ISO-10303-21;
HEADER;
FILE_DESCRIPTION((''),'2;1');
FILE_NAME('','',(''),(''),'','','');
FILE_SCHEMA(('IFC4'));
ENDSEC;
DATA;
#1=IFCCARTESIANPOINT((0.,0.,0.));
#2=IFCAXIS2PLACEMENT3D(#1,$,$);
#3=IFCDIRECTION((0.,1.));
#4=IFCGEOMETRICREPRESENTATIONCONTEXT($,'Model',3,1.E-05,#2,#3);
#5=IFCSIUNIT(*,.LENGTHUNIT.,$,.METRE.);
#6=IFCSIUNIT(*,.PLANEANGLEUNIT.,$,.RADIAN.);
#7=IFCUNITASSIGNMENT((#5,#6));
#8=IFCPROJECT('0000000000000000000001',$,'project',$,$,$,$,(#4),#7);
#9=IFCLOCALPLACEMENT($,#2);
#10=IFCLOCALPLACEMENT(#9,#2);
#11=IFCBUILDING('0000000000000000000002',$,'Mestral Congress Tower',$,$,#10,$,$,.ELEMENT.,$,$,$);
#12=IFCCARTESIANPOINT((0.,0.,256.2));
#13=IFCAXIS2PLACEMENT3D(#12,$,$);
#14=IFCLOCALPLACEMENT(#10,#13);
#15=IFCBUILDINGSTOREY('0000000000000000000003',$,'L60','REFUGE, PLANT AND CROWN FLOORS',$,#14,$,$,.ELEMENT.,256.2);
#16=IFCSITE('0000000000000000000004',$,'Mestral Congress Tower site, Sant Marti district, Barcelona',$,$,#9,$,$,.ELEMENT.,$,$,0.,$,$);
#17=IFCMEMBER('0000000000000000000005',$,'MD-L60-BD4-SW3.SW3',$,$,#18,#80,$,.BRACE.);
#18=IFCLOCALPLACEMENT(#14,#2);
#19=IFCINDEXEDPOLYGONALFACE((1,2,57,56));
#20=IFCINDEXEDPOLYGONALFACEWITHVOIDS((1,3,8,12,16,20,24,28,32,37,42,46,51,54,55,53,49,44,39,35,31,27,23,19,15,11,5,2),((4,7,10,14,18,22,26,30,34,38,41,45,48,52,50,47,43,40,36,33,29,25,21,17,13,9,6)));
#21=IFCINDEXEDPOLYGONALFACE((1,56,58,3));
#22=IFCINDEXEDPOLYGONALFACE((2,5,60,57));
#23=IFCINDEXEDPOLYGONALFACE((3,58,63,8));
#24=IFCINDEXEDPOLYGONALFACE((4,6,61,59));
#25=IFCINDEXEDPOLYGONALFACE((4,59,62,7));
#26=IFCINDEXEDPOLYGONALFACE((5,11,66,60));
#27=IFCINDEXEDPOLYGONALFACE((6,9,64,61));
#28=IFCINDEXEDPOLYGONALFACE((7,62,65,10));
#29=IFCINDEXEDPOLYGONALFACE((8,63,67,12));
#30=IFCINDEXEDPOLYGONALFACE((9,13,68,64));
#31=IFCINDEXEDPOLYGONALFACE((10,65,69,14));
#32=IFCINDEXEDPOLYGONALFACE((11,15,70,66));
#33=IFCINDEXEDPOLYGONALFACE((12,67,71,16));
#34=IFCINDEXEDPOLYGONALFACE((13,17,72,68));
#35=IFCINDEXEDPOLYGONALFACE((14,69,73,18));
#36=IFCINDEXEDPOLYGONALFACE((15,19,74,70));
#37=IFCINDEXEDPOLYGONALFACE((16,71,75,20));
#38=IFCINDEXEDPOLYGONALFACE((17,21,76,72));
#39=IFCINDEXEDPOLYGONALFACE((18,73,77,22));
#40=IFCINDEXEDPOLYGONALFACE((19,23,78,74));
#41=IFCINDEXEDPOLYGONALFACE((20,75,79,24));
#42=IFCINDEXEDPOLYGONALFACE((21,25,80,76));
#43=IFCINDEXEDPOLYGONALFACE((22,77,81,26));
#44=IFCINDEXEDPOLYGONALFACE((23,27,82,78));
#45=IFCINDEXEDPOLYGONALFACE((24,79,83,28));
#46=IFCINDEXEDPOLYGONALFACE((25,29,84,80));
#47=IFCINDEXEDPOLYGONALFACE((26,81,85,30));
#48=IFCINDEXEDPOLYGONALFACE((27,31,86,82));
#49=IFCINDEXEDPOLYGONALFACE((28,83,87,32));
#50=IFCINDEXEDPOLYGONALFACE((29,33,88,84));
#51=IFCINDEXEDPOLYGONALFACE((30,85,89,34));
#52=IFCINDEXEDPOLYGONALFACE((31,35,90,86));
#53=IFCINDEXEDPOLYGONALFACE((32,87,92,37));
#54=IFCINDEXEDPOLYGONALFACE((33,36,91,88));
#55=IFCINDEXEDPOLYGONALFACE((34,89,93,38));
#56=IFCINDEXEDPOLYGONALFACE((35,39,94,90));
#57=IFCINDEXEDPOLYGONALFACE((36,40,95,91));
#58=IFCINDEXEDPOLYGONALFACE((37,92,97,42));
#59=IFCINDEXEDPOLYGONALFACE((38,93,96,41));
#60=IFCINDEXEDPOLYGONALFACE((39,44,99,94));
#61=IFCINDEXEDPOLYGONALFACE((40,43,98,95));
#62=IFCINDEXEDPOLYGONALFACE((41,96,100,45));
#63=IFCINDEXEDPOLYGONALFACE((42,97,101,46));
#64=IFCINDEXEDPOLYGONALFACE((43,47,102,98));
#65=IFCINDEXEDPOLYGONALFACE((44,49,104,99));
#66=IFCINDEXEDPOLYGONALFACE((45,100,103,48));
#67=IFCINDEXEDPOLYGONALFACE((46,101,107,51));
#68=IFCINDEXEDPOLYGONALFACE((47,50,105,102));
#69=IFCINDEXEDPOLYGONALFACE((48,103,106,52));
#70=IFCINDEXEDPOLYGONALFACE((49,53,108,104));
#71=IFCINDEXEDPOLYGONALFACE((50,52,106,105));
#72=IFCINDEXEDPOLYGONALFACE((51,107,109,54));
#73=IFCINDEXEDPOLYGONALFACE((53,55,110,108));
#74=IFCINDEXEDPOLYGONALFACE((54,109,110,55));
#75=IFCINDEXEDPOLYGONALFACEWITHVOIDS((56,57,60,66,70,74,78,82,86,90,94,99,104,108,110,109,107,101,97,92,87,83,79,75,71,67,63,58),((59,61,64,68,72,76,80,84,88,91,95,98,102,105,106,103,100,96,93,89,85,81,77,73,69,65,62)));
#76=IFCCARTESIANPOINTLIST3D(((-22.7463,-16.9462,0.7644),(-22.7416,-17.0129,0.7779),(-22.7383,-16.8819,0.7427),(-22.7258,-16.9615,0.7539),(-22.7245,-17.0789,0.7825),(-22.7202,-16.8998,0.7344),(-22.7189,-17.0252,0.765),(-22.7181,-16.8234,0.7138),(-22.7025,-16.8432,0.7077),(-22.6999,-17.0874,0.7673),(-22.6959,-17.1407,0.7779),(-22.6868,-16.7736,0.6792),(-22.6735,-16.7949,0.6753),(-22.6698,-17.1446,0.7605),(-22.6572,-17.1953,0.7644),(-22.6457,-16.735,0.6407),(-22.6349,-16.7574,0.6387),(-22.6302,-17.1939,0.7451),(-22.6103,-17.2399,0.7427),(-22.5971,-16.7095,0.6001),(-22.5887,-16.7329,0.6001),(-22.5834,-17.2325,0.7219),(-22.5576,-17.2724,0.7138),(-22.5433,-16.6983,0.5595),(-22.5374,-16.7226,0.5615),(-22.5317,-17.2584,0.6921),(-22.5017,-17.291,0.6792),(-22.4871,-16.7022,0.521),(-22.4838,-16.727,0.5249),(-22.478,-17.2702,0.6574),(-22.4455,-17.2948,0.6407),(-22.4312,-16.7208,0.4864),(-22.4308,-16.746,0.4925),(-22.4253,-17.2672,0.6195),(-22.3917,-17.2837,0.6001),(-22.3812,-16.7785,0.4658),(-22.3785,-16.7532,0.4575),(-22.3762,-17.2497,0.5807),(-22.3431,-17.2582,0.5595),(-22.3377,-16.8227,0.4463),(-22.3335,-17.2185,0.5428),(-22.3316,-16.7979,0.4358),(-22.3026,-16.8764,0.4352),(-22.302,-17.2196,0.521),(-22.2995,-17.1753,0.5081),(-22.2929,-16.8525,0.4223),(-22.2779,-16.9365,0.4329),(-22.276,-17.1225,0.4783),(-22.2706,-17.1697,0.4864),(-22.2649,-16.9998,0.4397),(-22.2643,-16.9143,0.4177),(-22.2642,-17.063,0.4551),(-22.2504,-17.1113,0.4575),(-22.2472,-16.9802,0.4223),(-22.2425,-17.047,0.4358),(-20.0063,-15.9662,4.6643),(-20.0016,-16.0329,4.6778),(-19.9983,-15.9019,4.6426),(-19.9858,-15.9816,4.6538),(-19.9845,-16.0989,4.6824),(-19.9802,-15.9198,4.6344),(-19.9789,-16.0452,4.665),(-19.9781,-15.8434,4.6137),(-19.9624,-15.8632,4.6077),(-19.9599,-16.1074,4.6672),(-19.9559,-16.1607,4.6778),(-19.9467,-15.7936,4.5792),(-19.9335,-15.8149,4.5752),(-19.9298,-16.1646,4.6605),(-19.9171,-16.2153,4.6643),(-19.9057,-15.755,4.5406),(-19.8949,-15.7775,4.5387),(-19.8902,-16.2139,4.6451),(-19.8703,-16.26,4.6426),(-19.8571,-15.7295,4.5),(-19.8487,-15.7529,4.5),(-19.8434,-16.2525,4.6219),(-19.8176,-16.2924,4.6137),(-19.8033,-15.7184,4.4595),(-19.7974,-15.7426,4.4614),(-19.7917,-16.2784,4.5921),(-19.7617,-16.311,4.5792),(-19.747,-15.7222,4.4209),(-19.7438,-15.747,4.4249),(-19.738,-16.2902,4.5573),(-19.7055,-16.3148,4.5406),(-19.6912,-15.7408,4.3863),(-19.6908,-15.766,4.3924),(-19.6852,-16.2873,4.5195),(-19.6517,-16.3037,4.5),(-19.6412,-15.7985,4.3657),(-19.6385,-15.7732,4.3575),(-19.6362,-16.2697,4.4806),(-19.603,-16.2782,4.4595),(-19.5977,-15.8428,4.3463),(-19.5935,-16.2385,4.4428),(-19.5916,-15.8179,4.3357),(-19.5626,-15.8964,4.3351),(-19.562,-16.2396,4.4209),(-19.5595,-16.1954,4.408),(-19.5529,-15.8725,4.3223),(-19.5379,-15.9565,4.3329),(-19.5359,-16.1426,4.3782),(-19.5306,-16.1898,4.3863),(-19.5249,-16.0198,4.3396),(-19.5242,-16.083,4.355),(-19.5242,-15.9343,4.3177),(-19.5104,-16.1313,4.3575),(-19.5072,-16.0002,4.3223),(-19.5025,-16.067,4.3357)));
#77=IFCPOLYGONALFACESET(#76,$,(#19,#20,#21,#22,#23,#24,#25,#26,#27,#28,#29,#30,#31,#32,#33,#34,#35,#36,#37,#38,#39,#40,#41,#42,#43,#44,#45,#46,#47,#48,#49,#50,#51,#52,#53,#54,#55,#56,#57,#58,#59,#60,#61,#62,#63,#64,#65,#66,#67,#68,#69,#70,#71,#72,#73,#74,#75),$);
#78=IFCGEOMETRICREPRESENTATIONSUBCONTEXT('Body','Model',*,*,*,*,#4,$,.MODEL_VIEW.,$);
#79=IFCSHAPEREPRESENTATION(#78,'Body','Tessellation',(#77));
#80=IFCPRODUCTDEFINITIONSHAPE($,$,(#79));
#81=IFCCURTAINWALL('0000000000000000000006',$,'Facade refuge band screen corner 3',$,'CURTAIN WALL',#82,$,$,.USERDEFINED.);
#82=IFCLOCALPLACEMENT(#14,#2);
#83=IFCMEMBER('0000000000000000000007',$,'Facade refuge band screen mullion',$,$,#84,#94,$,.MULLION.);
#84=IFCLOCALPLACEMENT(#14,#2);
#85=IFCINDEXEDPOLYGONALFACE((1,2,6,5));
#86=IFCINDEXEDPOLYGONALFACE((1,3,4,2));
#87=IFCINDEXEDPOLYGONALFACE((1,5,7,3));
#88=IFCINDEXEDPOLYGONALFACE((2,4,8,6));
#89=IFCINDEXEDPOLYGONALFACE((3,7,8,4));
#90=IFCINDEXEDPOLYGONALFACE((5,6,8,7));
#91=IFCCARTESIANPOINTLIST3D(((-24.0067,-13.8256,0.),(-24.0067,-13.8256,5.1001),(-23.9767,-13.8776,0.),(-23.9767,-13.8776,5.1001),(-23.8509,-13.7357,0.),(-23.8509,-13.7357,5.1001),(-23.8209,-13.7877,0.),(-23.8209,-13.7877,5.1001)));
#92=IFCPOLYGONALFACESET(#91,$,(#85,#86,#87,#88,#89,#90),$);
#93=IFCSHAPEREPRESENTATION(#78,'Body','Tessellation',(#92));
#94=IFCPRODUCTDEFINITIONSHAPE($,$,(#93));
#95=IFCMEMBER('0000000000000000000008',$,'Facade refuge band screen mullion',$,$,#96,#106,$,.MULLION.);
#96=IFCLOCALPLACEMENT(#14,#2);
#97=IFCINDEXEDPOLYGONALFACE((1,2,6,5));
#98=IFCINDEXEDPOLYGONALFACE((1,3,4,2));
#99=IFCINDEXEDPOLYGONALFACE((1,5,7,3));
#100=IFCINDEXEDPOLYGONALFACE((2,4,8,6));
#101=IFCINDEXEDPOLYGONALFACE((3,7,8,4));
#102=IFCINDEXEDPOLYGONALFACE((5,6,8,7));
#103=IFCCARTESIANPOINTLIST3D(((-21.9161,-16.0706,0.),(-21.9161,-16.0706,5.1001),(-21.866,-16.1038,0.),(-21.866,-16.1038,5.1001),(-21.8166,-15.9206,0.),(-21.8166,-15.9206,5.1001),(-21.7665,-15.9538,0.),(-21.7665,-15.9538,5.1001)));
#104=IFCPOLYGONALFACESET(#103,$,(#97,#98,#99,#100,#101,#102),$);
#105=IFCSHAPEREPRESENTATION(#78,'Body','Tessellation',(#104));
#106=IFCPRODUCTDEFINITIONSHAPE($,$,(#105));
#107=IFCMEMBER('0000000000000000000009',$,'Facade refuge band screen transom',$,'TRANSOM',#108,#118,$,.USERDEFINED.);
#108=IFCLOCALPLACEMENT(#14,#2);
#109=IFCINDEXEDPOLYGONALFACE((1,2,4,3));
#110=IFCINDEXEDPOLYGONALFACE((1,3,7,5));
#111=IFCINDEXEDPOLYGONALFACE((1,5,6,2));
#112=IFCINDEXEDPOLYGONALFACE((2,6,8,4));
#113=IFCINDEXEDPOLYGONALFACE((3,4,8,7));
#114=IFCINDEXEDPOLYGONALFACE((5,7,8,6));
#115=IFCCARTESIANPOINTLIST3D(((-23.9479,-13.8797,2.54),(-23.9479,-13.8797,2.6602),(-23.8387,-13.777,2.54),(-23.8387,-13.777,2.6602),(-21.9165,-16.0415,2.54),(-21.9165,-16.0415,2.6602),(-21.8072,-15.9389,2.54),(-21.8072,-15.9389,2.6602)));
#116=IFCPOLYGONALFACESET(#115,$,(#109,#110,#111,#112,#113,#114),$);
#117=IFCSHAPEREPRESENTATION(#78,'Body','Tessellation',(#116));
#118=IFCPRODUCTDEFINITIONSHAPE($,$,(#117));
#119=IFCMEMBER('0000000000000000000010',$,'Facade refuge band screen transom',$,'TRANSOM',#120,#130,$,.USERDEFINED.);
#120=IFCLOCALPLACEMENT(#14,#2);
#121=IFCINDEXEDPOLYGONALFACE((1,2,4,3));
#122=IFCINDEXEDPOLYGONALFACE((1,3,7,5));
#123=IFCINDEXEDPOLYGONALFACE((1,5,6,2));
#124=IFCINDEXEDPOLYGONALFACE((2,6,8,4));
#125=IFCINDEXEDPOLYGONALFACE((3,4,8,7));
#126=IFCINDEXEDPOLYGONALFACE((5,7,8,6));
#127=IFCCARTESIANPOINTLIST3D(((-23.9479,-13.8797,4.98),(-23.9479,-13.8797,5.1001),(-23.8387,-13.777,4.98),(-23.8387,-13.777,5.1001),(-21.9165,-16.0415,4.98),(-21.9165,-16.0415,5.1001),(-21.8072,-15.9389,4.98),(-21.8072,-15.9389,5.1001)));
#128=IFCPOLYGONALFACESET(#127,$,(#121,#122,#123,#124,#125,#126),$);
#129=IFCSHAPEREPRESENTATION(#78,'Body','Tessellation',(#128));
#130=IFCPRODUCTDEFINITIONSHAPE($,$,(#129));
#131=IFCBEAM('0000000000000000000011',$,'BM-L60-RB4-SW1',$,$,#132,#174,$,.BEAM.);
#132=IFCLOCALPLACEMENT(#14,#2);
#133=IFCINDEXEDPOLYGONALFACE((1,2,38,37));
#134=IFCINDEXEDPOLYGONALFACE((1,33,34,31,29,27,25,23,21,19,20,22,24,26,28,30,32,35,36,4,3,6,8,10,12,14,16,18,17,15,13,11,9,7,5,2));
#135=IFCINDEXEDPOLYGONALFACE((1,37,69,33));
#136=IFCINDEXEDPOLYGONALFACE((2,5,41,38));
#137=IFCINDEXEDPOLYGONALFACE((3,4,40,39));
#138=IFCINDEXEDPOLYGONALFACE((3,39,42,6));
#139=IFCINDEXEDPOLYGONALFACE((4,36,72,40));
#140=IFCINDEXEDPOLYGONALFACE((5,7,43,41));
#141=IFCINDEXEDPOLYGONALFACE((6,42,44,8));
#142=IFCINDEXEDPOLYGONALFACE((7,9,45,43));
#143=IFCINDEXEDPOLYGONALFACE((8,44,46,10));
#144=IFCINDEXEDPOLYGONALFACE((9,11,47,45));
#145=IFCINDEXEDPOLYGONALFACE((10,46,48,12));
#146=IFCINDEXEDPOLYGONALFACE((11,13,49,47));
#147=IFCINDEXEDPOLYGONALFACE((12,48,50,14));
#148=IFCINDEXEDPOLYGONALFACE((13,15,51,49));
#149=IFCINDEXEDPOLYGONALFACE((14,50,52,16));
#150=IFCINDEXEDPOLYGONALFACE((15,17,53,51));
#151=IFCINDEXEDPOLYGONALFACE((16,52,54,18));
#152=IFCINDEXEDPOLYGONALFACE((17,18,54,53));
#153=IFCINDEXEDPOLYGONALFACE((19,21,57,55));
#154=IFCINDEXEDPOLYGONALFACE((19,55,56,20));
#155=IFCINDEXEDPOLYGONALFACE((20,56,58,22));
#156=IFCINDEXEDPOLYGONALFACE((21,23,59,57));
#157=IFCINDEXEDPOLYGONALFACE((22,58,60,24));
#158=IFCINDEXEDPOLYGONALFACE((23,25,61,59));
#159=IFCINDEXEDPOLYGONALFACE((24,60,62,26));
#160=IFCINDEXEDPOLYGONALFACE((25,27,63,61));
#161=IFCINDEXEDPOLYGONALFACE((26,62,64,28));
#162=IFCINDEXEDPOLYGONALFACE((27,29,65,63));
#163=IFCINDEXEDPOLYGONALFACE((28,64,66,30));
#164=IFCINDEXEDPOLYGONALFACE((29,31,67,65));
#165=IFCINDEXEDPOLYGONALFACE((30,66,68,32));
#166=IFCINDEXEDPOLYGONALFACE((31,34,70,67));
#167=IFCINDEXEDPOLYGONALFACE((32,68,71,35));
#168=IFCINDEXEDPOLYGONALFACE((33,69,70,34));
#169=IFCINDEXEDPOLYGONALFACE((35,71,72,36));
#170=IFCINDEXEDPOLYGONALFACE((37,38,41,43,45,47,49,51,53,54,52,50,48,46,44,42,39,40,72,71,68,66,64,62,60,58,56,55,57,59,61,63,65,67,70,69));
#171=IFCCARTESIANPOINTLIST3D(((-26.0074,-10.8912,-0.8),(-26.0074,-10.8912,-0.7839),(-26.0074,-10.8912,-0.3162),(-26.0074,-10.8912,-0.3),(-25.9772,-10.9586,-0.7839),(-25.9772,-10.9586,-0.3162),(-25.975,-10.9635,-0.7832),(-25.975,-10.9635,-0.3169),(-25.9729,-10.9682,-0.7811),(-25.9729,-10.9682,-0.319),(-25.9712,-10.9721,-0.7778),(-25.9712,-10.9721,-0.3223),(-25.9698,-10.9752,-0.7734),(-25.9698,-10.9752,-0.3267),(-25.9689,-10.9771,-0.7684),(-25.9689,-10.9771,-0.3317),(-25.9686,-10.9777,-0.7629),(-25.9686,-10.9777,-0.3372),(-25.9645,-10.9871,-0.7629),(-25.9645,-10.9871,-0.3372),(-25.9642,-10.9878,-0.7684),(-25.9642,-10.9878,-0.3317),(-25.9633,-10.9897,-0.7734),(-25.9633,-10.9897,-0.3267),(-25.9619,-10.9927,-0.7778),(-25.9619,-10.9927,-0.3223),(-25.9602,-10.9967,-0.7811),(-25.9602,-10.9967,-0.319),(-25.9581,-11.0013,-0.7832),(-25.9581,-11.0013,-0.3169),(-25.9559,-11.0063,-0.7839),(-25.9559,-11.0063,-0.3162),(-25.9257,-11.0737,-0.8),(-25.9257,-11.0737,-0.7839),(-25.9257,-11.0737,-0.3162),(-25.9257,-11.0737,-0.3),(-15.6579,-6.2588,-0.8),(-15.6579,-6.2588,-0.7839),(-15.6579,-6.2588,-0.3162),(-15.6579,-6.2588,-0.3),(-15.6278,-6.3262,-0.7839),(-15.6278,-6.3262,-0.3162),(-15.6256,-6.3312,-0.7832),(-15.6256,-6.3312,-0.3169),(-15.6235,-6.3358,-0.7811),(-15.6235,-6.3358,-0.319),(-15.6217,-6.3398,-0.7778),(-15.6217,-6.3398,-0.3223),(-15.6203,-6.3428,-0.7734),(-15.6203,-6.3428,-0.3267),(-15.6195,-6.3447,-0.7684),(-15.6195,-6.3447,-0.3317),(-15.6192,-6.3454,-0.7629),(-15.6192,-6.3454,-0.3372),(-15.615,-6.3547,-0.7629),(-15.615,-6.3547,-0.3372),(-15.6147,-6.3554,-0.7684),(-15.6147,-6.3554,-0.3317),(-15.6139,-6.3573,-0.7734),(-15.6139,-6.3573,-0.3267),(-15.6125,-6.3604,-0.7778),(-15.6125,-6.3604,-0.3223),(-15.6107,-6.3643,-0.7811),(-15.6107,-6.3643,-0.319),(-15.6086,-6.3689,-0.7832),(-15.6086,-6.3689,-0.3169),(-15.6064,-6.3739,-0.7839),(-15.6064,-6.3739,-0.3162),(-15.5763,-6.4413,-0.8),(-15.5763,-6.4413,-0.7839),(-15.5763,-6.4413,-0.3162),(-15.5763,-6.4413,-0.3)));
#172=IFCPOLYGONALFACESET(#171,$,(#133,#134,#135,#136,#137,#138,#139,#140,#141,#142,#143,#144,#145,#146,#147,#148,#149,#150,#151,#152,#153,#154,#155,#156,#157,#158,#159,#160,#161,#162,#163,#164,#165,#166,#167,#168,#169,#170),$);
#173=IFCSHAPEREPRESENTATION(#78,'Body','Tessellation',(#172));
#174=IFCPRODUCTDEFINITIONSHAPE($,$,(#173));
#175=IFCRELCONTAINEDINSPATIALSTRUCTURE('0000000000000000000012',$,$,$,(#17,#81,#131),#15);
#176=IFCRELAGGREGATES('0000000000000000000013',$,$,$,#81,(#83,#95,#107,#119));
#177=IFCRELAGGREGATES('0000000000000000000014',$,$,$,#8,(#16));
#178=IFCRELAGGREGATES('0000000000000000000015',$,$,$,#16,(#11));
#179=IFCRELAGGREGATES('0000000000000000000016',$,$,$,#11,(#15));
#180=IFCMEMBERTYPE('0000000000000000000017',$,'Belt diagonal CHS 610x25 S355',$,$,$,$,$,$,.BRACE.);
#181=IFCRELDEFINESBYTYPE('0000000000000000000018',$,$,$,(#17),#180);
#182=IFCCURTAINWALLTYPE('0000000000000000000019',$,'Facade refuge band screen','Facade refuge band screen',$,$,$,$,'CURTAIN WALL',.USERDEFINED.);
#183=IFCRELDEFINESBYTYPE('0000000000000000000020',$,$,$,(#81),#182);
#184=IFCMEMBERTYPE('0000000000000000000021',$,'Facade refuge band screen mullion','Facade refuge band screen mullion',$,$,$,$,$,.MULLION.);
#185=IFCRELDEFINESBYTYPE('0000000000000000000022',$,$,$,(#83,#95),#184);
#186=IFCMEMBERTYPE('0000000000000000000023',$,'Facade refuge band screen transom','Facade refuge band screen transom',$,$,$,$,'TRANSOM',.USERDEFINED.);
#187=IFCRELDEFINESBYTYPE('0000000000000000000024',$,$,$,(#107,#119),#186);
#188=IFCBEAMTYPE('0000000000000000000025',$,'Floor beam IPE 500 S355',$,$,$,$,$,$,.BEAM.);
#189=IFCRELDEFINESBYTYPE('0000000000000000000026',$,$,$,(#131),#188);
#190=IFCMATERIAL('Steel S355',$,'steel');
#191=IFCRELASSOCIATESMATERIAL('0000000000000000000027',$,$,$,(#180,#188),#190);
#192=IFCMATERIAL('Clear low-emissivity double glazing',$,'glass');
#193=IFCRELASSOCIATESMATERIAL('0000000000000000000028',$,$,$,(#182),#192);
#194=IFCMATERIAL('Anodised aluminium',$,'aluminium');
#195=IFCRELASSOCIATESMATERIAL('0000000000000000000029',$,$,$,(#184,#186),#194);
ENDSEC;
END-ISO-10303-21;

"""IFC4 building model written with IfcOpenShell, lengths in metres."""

from ifc_helpers import new_model, si_unit, direction, frame, origin, origin_2d, place, context, subcontext, project, spatial, rectangle, hollow_circle, i_section, extrude, material, material_profile, profile_set, type_object, element, aggregate, save


model = new_model("IFC4")

# Units and contexts
model_context = context("Model", 3, precision=1e-05, world=origin(), true_north=direction((0.0, 1.0)))
body_context = subcontext(model_context, "Body", "Model", "MODEL_VIEW")
ifc_project = project(units=[si_unit("LENGTHUNIT", "METRE"), si_unit("PLANEANGLEUNIT", "RADIAN")], contexts=[model_context])

# Site, building, storey
site_placement = place(None, origin())
site = spatial("IfcSite", under=ifc_project, at=site_placement, Name="Mestral Congress Tower site, Sant Marti district, Barcelona", CompositionType="ELEMENT", RefElevation=0.0)
building_placement = place(site_placement, origin())
building = spatial("IfcBuilding", under=site, at=building_placement, Name="Mestral Congress Tower", CompositionType="ELEMENT")
storey_placement = place(building_placement, frame((0.0, 0.0, 256.2)))
storey = spatial("IfcBuildingStorey", under=building, at=storey_placement, Name="L60", Description="REFUGE, PLANT AND CROWN FLOORS", CompositionType="ELEMENT", Elevation=256.2)

# Member
ifc_material_1 = material(Name="Steel S355", Category="steel")
ifc_material_profile_1 = material_profile(ifc_material_1, hollow_circle(Radius=0.3049, WallThickness=0.0249, at=origin_2d()), Name="CHS 610x25")
ifc_profile_set_1 = profile_set([ifc_material_profile_1], Name="Steel S355")
member_type_1 = type_object("IfcMemberType", Name="Belt diagonal CHS 610x25 S355", PredefinedType="BRACE", material=ifc_profile_set_1)
member_1_placement = place(storey_placement, frame((-22.4944, -16.9966, 0.6001), z_axis=(0.563098, 0.201397, 0.801473), x_axis=(-0.336767, 0.941588, 0.0)))
element("IfcMember", 1, at=member_1_placement, inside=storey, type_object=member_type_1, Name="MD-L60-BD4-SW3.SW3", PredefinedType="BRACE", context=body_context, shape_type="SweptSolid", body=[
    extrude(hollow_circle(Radius=0.3049, WallThickness=0.0249, at=origin_2d()), origin(), (0.0, 0.0, 1.0), 4.866),
])

# Curtain wall, members
ifc_material_2 = material(Name="Clear low-emissivity double glazing", Category="glass")
curtain_wall_type = type_object("IfcCurtainWallType", Name="Facade refuge band screen", Description="Facade refuge band screen", ElementType="CURTAIN WALL", PredefinedType="USERDEFINED", material=ifc_material_2)
curtain_wall_placement = place(storey_placement, origin())
curtain_wall = element("IfcCurtainWall", 2, at=curtain_wall_placement, inside=storey, type_object=curtain_wall_type, Name="Facade refuge band screen corner 3", ObjectType="CURTAIN WALL", PredefinedType="USERDEFINED")
ifc_material_3 = material(Name="Anodised aluminium", Category="aluminium")
ifc_material_profile_2 = material_profile(ifc_material_3, rectangle(XDim=0.1799, YDim=0.0601, at=origin_2d()), Name="CW3 mullion 180 x 60")
ifc_profile_set_2 = profile_set([ifc_material_profile_2], Name="Anodised aluminium")
member_type_2 = type_object("IfcMemberType", Name="Facade refuge band screen mullion", Description="Facade refuge band screen mullion", PredefinedType="MULLION", material=ifc_profile_set_2)
member_2_placement = place(storey_placement, frame((-23.9138, -13.8066, 0.0), z_axis=(0.0, 0.0, 1.0), x_axis=(-0.866025, -0.5, 0.0)))
member_2 = element("IfcMember", 3, at=member_2_placement, type_object=member_type_2, Name="Facade refuge band screen mullion", PredefinedType="MULLION", context=body_context, shape_type="SweptSolid", body=[
    extrude(rectangle(XDim=0.1799, YDim=0.0601, at=origin_2d()), origin(), (0.0, 0.0, 1.0), 5.1001),
])
member_3_placement = place(storey_placement, frame((-21.8413, -16.0122, 0.0), z_axis=(0.0, 0.0, 1.0), x_axis=(-0.552913, -0.833239, 0.0)))
member_3 = element("IfcMember", 4, at=member_3_placement, type_object=member_type_2, Name="Facade refuge band screen mullion", PredefinedType="MULLION", context=body_context, shape_type="SweptSolid", body=[
    extrude(rectangle(XDim=0.1799, YDim=0.0601, at=origin_2d()), origin(), (0.0, 0.0, 1.0), 5.1001),
])
ifc_material_profile_3 = material_profile(ifc_material_3, rectangle(XDim=0.1499, YDim=0.1201, at=origin_2d()), Name="CW3 transom 150 x 120")
ifc_profile_set_3 = profile_set([ifc_material_profile_3], Name="Anodised aluminium")
member_type_3 = type_object("IfcMemberType", Name="Facade refuge band screen transom", Description="Facade refuge band screen transom", ElementType="TRANSOM", PredefinedType="USERDEFINED", material=ifc_profile_set_3)
member_4_placement = place(storey_placement, frame((-23.8933, -13.8284, 2.6001), z_axis=(0.684792, -0.728739, 0.0), x_axis=(0.728739, 0.684792, 0.0)))
member_4 = element("IfcMember", 5, at=member_4_placement, type_object=member_type_3, Name="Facade refuge band screen transom", ObjectType="TRANSOM", PredefinedType="USERDEFINED", context=body_context, shape_type="SweptSolid", body=[
    extrude(rectangle(XDim=0.1499, YDim=0.1201, at=origin_2d()), origin(), (0.0, 0.0, 1.0), 2.9666),
])
member_5_placement = place(storey_placement, frame((-23.8933, -13.8284, 5.04), z_axis=(0.684792, -0.728739, 0.0), x_axis=(0.728739, 0.684792, 0.0)))
member_5 = element("IfcMember", 6, at=member_5_placement, type_object=member_type_3, Name="Facade refuge band screen transom", ObjectType="TRANSOM", PredefinedType="USERDEFINED", context=body_context, shape_type="SweptSolid", body=[
    extrude(rectangle(XDim=0.1499, YDim=0.1201, at=origin_2d()), origin(), (0.0, 0.0, 1.0), 2.9666),
])

# Beam
ifc_material_profile_4 = material_profile(ifc_material_1, i_section(OverallWidth=0.2, OverallDepth=0.5, WebThickness=0.0103, FlangeThickness=0.0161, FilletRadius=0.021, at=origin_2d()), Name="IPE 500")
ifc_profile_set_4 = profile_set([ifc_material_profile_4], Name="Steel S355")
beam_type_1 = type_object("IfcBeamType", Name="Floor beam IPE 500 S355", PredefinedType="BEAM", material=ifc_profile_set_4)
beam_1_placement = place(storey_placement, frame((-25.9666, -10.9824, -0.55), z_axis=(0.912741, 0.408538, 0.0), x_axis=(-0.408538, 0.912741, 0.0)))
element("IfcBeam", 7, at=beam_1_placement, inside=storey, type_object=beam_type_1, Name="BM-L60-RB4-SW1", PredefinedType="BEAM", context=body_context, shape_type="SweptSolid", body=[
    extrude(i_section(OverallWidth=0.2, OverallDepth=0.5, WebThickness=0.0103, FlangeThickness=0.0161, FilletRadius=0.021, at=origin_2d()), origin(), (0.0, 0.0, 1.0), 11.3389),
])

aggregate(curtain_wall, [member_2, member_3, member_4, member_5])

save(model, "model.ifc")
